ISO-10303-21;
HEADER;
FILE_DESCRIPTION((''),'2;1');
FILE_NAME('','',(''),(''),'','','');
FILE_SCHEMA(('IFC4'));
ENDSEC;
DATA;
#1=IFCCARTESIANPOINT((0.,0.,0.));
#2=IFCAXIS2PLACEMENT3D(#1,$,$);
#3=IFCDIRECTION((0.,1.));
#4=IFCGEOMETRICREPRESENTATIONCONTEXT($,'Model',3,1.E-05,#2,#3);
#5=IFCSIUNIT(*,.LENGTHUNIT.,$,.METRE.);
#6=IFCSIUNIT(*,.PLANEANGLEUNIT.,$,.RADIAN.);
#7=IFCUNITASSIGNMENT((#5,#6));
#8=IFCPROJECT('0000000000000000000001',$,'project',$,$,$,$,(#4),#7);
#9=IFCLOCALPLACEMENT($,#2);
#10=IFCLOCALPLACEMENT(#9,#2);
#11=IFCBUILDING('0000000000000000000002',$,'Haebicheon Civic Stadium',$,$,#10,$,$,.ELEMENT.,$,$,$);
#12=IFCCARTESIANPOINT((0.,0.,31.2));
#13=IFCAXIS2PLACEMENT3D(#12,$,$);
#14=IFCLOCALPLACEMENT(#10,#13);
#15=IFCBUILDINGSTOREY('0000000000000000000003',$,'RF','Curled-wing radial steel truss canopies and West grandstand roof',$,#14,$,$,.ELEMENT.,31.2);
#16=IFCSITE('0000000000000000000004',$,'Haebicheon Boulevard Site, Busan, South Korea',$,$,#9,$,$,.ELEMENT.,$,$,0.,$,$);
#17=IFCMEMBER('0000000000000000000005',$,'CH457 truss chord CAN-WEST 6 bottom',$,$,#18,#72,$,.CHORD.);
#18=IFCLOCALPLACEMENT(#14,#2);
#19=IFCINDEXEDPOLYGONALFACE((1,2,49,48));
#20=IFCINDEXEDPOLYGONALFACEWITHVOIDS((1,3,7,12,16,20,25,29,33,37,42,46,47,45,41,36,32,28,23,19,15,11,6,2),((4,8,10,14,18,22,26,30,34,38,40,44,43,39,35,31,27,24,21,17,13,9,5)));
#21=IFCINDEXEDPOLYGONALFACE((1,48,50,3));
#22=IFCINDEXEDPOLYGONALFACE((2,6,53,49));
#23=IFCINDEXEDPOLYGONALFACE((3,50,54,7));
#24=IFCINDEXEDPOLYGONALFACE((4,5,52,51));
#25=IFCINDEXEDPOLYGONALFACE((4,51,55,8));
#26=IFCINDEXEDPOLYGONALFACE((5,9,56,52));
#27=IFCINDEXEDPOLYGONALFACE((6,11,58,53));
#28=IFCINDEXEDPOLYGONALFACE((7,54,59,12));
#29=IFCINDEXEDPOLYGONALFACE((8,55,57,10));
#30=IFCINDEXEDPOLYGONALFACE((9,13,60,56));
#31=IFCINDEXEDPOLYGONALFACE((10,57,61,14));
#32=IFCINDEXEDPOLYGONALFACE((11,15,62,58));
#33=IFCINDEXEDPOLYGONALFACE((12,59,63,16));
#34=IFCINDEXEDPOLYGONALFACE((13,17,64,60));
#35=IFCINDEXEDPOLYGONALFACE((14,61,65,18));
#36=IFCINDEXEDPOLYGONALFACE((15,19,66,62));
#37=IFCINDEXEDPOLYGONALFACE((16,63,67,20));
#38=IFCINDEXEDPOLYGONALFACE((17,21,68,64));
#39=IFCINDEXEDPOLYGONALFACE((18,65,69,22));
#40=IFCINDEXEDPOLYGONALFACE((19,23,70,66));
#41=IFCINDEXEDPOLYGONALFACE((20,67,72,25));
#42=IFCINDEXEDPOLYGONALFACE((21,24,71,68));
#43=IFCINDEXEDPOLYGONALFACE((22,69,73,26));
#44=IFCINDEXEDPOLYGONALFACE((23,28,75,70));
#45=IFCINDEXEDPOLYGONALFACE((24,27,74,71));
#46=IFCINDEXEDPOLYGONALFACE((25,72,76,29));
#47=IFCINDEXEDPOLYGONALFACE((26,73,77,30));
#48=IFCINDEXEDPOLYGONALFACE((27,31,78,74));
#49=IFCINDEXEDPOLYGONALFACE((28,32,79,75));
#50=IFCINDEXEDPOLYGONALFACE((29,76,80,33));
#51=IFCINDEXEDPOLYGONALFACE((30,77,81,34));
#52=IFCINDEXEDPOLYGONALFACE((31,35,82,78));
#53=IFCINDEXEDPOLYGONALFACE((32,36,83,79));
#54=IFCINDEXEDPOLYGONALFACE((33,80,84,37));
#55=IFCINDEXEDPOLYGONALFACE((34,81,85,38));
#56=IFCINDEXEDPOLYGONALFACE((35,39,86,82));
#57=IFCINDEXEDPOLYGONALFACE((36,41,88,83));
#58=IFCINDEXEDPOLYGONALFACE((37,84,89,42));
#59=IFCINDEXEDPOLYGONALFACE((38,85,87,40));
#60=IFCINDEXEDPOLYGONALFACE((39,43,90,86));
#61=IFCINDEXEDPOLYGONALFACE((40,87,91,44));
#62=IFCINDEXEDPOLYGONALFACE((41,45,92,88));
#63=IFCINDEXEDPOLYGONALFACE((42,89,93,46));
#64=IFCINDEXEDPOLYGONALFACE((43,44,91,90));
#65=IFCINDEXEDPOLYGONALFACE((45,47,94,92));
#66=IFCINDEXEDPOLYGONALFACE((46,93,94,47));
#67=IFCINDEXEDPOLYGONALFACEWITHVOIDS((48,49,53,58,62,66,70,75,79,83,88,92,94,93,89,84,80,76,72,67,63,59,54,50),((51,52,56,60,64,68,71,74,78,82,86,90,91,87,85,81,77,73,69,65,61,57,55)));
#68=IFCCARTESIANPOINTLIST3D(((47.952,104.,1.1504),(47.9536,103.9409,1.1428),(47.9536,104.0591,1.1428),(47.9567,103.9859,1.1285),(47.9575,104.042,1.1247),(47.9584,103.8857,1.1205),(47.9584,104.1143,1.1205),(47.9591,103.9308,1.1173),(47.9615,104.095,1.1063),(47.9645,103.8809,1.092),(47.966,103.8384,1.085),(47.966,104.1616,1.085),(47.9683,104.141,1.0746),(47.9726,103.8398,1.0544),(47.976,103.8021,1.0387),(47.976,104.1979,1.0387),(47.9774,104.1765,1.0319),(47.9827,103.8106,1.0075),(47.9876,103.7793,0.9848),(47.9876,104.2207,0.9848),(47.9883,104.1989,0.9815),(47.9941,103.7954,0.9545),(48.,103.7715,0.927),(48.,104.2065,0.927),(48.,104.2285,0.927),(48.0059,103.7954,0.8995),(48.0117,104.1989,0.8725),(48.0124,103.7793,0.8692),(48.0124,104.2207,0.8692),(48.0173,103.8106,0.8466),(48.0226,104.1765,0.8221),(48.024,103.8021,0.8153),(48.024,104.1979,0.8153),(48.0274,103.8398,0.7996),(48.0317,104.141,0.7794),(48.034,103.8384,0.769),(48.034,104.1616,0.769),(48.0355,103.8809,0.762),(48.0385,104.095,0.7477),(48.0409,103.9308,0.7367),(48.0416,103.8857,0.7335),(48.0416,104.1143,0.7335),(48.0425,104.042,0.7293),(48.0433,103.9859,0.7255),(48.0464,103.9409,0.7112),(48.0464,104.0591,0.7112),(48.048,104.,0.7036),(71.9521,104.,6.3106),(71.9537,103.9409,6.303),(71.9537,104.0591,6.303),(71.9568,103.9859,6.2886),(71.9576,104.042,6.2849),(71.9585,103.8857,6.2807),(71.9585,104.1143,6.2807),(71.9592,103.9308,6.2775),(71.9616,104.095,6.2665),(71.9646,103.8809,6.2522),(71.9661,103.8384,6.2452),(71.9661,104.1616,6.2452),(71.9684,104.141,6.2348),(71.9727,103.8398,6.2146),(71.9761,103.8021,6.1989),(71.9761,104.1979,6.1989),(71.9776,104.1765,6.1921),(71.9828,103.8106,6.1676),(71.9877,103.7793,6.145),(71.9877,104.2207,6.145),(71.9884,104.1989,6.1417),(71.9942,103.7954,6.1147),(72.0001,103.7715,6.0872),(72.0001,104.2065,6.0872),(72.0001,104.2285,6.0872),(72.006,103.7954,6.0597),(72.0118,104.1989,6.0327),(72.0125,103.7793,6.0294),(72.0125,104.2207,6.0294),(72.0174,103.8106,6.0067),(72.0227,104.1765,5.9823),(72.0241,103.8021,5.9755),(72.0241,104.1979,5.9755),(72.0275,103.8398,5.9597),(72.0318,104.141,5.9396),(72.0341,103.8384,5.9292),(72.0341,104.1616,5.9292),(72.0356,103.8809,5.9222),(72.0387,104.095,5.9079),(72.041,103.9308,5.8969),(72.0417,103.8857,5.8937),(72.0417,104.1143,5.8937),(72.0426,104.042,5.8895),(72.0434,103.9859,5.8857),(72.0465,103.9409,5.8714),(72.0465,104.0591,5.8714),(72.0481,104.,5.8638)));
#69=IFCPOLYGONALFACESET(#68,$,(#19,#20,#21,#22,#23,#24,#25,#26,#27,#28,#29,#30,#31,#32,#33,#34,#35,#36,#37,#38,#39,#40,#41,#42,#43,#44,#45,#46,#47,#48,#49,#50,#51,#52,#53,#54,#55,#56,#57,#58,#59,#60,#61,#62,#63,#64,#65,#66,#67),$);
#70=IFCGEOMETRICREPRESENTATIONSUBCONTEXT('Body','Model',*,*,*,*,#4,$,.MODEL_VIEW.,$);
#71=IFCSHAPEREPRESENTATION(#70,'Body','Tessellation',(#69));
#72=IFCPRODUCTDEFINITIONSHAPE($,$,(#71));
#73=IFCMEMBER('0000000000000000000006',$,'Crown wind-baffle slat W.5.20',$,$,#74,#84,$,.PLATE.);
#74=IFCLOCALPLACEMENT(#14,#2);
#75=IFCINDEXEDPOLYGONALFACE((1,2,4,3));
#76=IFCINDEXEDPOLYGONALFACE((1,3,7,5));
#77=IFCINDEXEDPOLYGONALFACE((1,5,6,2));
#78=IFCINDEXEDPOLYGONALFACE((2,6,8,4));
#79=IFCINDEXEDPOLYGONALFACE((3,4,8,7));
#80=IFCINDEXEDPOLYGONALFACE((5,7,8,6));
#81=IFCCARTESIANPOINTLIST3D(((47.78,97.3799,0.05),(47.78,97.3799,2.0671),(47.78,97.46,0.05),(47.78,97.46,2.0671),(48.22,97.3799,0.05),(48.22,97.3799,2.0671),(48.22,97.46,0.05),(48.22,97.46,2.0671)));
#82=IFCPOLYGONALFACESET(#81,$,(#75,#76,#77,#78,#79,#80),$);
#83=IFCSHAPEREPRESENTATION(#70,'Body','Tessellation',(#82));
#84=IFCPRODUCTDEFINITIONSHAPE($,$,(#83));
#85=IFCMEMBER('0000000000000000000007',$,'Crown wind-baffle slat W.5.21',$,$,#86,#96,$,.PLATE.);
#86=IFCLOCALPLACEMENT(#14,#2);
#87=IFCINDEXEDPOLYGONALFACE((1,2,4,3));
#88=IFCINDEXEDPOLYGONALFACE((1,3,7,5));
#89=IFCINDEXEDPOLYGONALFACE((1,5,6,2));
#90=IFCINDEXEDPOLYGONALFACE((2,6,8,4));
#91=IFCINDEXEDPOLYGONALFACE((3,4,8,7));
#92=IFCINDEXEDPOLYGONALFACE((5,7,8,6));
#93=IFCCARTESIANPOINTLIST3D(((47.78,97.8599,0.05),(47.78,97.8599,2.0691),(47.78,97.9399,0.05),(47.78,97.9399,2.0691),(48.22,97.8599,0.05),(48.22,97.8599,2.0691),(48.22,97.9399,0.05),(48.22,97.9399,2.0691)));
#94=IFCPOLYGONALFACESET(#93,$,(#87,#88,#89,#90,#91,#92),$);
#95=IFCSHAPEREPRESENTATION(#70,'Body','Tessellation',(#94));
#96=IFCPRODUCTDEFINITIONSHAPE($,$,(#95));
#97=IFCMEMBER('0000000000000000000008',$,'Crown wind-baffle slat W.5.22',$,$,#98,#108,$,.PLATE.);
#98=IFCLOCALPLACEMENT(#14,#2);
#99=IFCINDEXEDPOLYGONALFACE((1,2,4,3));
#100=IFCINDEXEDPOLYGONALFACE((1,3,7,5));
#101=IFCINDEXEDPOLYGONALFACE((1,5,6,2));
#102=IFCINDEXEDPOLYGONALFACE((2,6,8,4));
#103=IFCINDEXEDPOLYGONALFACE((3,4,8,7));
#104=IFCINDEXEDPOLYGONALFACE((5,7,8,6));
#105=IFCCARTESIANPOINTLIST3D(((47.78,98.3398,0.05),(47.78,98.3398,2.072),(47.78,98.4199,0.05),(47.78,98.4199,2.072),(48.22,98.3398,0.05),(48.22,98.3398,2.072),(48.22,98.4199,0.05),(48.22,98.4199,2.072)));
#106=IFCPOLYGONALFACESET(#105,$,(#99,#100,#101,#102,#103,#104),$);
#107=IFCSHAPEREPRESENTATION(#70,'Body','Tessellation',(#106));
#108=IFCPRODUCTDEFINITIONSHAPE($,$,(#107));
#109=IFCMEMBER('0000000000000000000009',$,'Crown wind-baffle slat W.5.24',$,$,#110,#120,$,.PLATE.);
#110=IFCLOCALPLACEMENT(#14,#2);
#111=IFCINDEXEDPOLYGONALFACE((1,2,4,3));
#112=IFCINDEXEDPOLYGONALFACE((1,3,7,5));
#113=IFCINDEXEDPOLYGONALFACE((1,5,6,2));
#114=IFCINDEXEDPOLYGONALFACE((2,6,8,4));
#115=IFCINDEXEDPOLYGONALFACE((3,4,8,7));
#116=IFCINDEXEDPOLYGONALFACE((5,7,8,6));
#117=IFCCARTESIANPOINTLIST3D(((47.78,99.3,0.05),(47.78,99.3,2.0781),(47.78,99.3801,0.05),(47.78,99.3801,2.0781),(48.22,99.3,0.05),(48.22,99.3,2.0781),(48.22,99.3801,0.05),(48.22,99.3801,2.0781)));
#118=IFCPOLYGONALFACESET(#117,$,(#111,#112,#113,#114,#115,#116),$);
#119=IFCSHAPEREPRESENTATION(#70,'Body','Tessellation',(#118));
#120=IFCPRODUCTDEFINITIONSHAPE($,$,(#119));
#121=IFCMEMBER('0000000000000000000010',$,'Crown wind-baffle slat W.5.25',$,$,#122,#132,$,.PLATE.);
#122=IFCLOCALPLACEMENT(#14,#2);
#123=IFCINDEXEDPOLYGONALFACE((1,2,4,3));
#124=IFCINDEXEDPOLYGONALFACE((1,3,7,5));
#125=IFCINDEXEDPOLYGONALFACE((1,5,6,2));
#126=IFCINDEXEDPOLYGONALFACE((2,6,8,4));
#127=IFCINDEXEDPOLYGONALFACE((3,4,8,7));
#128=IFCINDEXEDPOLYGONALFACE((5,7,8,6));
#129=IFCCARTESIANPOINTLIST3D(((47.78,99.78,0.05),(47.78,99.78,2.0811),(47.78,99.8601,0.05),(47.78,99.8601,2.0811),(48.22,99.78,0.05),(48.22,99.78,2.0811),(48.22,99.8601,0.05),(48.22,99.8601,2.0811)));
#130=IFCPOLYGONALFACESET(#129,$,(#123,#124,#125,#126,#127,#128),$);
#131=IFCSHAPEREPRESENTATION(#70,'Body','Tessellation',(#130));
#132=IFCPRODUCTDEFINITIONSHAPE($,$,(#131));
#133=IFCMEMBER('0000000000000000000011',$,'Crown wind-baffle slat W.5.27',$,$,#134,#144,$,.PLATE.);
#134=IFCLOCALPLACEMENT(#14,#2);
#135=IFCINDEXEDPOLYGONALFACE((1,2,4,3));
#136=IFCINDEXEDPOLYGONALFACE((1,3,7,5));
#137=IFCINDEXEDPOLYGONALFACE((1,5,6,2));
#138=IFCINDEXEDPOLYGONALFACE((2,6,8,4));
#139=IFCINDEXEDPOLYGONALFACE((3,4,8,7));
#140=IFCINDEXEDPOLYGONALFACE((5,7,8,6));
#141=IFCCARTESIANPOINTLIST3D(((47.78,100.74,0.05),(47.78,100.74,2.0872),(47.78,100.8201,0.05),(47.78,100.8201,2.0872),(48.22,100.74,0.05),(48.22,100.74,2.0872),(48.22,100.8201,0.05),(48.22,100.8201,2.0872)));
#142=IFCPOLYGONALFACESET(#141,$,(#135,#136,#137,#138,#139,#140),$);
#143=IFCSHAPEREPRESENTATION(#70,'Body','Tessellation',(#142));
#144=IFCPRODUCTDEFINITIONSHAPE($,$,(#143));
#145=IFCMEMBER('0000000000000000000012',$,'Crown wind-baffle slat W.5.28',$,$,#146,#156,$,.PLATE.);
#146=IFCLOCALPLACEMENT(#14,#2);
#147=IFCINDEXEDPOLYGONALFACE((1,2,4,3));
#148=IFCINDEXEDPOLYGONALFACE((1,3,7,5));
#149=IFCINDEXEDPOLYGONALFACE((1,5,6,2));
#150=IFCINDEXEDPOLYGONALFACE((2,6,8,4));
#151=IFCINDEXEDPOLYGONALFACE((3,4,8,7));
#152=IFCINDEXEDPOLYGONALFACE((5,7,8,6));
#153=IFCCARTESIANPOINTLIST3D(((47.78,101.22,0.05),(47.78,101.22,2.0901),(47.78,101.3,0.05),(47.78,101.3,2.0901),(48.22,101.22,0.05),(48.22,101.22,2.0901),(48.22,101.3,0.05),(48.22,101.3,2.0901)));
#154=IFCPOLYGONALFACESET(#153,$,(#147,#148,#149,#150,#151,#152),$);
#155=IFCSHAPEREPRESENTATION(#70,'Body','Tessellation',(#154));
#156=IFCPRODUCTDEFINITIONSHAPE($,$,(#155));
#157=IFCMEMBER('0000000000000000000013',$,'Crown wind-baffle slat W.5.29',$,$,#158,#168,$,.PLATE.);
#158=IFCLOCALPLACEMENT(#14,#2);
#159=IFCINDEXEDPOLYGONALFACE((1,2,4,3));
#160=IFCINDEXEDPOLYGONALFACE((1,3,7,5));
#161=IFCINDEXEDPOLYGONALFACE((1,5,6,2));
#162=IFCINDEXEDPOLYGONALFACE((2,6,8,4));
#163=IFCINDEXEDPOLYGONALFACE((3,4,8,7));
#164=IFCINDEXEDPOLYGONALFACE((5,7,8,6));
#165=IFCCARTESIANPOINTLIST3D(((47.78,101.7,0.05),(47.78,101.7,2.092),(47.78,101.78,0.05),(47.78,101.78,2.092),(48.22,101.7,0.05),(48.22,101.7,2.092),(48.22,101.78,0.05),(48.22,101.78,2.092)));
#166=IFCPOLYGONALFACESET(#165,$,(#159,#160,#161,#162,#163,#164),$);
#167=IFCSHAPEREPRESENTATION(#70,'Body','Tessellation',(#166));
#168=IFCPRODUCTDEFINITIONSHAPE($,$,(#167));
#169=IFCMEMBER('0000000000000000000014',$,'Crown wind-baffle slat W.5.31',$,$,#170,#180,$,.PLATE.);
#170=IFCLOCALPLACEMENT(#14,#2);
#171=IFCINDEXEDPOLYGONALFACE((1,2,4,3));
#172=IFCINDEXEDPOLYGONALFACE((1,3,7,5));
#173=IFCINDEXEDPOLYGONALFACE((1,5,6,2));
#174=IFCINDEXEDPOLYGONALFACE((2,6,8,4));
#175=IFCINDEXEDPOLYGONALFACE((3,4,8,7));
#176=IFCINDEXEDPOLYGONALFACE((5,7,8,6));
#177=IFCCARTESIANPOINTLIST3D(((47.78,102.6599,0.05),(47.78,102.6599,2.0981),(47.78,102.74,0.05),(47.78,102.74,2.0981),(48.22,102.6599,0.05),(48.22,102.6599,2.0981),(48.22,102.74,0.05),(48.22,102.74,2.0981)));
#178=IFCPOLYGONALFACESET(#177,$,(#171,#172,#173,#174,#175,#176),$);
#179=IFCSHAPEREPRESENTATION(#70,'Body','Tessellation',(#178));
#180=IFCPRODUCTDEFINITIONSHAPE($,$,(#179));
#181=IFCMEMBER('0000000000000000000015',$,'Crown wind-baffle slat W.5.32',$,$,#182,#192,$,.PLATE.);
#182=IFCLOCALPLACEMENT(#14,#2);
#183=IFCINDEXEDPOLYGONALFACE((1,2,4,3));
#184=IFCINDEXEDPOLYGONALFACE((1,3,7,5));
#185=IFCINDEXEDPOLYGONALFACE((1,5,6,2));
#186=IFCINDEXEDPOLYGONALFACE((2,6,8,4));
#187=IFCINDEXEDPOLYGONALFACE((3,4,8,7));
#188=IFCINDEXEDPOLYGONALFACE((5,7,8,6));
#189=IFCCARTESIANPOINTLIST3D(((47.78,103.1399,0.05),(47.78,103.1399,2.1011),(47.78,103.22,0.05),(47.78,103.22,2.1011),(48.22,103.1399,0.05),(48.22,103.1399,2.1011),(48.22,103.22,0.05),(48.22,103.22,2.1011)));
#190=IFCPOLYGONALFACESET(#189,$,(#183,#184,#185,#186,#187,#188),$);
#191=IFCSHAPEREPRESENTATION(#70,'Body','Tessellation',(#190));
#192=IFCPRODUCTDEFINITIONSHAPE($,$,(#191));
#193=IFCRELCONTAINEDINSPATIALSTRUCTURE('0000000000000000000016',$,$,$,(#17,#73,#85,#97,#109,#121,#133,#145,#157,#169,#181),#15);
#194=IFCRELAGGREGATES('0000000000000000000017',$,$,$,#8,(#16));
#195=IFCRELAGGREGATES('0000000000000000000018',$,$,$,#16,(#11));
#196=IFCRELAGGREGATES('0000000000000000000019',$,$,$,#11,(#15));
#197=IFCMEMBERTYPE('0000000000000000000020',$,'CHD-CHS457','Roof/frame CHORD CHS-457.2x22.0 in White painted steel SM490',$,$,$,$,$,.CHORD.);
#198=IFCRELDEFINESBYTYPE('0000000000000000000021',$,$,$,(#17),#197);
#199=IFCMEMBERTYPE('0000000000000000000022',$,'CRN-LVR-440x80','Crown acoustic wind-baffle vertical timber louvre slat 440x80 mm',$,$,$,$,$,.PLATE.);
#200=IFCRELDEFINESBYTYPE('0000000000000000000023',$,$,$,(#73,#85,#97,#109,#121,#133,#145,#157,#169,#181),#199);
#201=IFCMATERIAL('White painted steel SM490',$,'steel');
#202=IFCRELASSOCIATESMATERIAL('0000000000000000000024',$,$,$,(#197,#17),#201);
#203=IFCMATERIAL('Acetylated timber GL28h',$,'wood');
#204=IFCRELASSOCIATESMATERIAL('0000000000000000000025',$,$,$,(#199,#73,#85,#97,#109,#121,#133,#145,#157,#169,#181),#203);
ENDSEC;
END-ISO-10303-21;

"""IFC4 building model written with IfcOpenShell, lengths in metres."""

from ifc_helpers import new_model, si_unit, direction, frame, origin, origin_2d, place, context, subcontext, project, spatial, rectangle, hollow_circle, extrude, material, material_profile, profile_set, type_object, element, save


model = new_model("IFC4")

# Units and contexts
model_context = context("Model", 3, precision=1e-05, world=origin(), true_north=direction((0.0, 1.0)))
body_context = subcontext(model_context, "Body", "Model", "MODEL_VIEW")
ifc_project = project(units=[si_unit("LENGTHUNIT", "METRE"), si_unit("PLANEANGLEUNIT", "RADIAN")], contexts=[model_context])

# Site, building, storey
site_placement = place(None, origin())
site = spatial("IfcSite", under=ifc_project, at=site_placement, Name="Haebicheon Boulevard Site, Busan, South Korea", CompositionType="ELEMENT", RefElevation=0.0)
building_placement = place(site_placement, origin())
building = spatial("IfcBuilding", under=site, at=building_placement, Name="Haebicheon Civic Stadium", CompositionType="ELEMENT")
storey_placement = place(building_placement, frame((0.0, 0.0, 31.2)))
storey = spatial("IfcBuildingStorey", under=building, at=storey_placement, Name="RF", Description="Curled-wing radial steel truss canopies and West grandstand roof", CompositionType="ELEMENT", Elevation=31.2)

# Members
ifc_material_1 = material(Name="White painted steel SM490", Category="steel")
ifc_material_profile_1 = material_profile(ifc_material_1, hollow_circle(Radius=0.2285, WallThickness=0.022, at=origin_2d()), Name="CHS-457.2x22.0")
ifc_profile_set_1 = profile_set([ifc_material_profile_1], Name="White painted steel SM490")
member_type_1 = type_object("IfcMemberType", Name="CHD-CHS457", Description="Roof/frame CHORD CHS-457.2x22.0 in White painted steel SM490", PredefinedType="CHORD", material=ifc_profile_set_1)
member_1_placement = place(storey_placement, frame((48.0, 104.0, 0.927), z_axis=(0.977658, 0.0, 0.210203), x_axis=(0.0, 1.0, 0.0)))
element("IfcMember", 1, at=member_1_placement, inside=storey, type_object=member_type_1, material=ifc_profile_set_1, Name="CH457 truss chord CAN-WEST 6 bottom", PredefinedType="CHORD", context=body_context, shape_type="SweptSolid", body=[
    extrude(hollow_circle(Radius=0.2285, WallThickness=0.022, at=origin_2d()), origin(), (0.0, 0.0, 1.0), 24.5486),
])
ifc_material_2 = material(Name="Acetylated timber GL28h", Category="wood")
ifc_material_profile_2 = material_profile(ifc_material_2, rectangle(XDim=0.0801, YDim=0.4399, at=origin_2d()), Name="TMB-LOUV-80x440")
ifc_profile_set_2 = profile_set([ifc_material_profile_2], Name="Acetylated timber GL28h")
member_type_2 = type_object("IfcMemberType", Name="CRN-LVR-440x80", Description="Crown acoustic wind-baffle vertical timber louvre slat 440x80 mm", PredefinedType="PLATE", material=ifc_profile_set_2)
member_2_placement = place(storey_placement, frame((48.0, 97.4199, 0.05), z_axis=(0.0, 0.0, 1.0), x_axis=(0.0, 1.0, 0.0)))
element("IfcMember", 2, at=member_2_placement, inside=storey, type_object=member_type_2, material=ifc_profile_set_2, Name="Crown wind-baffle slat W.5.20", PredefinedType="PLATE", context=body_context, shape_type="SweptSolid", body=[
    extrude(rectangle(XDim=0.0801, YDim=0.4399, at=origin_2d()), origin(), (0.0, 0.0, 1.0), 2.0171),
])
member_3_placement = place(storey_placement, frame((48.0, 97.8999, 0.05), z_axis=(0.0, 0.0, 1.0), x_axis=(0.0, 1.0, 0.0)))
element("IfcMember", 3, at=member_3_placement, inside=storey, type_object=member_type_2, material=ifc_profile_set_2, Name="Crown wind-baffle slat W.5.21", PredefinedType="PLATE", context=body_context, shape_type="SweptSolid", body=[
    extrude(rectangle(XDim=0.0801, YDim=0.4399, at=origin_2d()), origin(), (0.0, 0.0, 1.0), 2.019),
])
member_4_placement = place(storey_placement, frame((48.0, 98.3799, 0.05), z_axis=(0.0, 0.0, 1.0), x_axis=(0.0, 1.0, 0.0)))
element("IfcMember", 4, at=member_4_placement, inside=storey, type_object=member_type_2, material=ifc_profile_set_2, Name="Crown wind-baffle slat W.5.22", PredefinedType="PLATE", context=body_context, shape_type="SweptSolid", body=[
    extrude(rectangle(XDim=0.0801, YDim=0.4399, at=origin_2d()), origin(), (0.0, 0.0, 1.0), 2.022),
])
member_5_placement = place(storey_placement, frame((48.0, 99.3401, 0.05), z_axis=(0.0, 0.0, 1.0), x_axis=(0.0, 1.0, 0.0)))
element("IfcMember", 5, at=member_5_placement, inside=storey, type_object=member_type_2, material=ifc_profile_set_2, Name="Crown wind-baffle slat W.5.24", PredefinedType="PLATE", context=body_context, shape_type="SweptSolid", body=[
    extrude(rectangle(XDim=0.0801, YDim=0.4399, at=origin_2d()), origin(), (0.0, 0.0, 1.0), 2.0281),
])
member_6_placement = place(storey_placement, frame((48.0, 99.8201, 0.05), z_axis=(0.0, 0.0, 1.0), x_axis=(0.0, 1.0, 0.0)))
element("IfcMember", 6, at=member_6_placement, inside=storey, type_object=member_type_2, material=ifc_profile_set_2, Name="Crown wind-baffle slat W.5.25", PredefinedType="PLATE", context=body_context, shape_type="SweptSolid", body=[
    extrude(rectangle(XDim=0.0801, YDim=0.4399, at=origin_2d()), origin(), (0.0, 0.0, 1.0), 2.031),
])
member_7_placement = place(storey_placement, frame((48.0, 100.78, 0.05), z_axis=(0.0, 0.0, 1.0), x_axis=(0.0, 1.0, 0.0)))
element("IfcMember", 7, at=member_7_placement, inside=storey, type_object=member_type_2, material=ifc_profile_set_2, Name="Crown wind-baffle slat W.5.27", PredefinedType="PLATE", context=body_context, shape_type="SweptSolid", body=[
    extrude(rectangle(XDim=0.0801, YDim=0.4399, at=origin_2d()), origin(), (0.0, 0.0, 1.0), 2.0371),
])
member_8_placement = place(storey_placement, frame((48.0, 101.26, 0.05), z_axis=(0.0, 0.0, 1.0), x_axis=(0.0, 1.0, 0.0)))
element("IfcMember", 8, at=member_8_placement, inside=storey, type_object=member_type_2, material=ifc_profile_set_2, Name="Crown wind-baffle slat W.5.28", PredefinedType="PLATE", context=body_context, shape_type="SweptSolid", body=[
    extrude(rectangle(XDim=0.0801, YDim=0.4399, at=origin_2d()), origin(), (0.0, 0.0, 1.0), 2.04),
])
member_9_placement = place(storey_placement, frame((48.0, 101.74, 0.05), z_axis=(0.0, 0.0, 1.0), x_axis=(0.0, 1.0, 0.0)))
element("IfcMember", 9, at=member_9_placement, inside=storey, type_object=member_type_2, material=ifc_profile_set_2, Name="Crown wind-baffle slat W.5.29", PredefinedType="PLATE", context=body_context, shape_type="SweptSolid", body=[
    extrude(rectangle(XDim=0.0801, YDim=0.4399, at=origin_2d()), origin(), (0.0, 0.0, 1.0), 2.042),
])
member_10_placement = place(storey_placement, frame((48.0, 102.7, 0.05), z_axis=(0.0, 0.0, 1.0), x_axis=(0.0, 1.0, 0.0)))
element("IfcMember", 10, at=member_10_placement, inside=storey, type_object=member_type_2, material=ifc_profile_set_2, Name="Crown wind-baffle slat W.5.31", PredefinedType="PLATE", context=body_context, shape_type="SweptSolid", body=[
    extrude(rectangle(XDim=0.0801, YDim=0.4399, at=origin_2d()), origin(), (0.0, 0.0, 1.0), 2.0481),
])
member_11_placement = place(storey_placement, frame((48.0, 103.1799, 0.05), z_axis=(0.0, 0.0, 1.0), x_axis=(0.0, 1.0, 0.0)))
element("IfcMember", 11, at=member_11_placement, inside=storey, type_object=member_type_2, material=ifc_profile_set_2, Name="Crown wind-baffle slat W.5.32", PredefinedType="PLATE", context=body_context, shape_type="SweptSolid", body=[
    extrude(rectangle(XDim=0.0801, YDim=0.4399, at=origin_2d()), origin(), (0.0, 0.0, 1.0), 2.051),
])

save(model, "model.ifc")
